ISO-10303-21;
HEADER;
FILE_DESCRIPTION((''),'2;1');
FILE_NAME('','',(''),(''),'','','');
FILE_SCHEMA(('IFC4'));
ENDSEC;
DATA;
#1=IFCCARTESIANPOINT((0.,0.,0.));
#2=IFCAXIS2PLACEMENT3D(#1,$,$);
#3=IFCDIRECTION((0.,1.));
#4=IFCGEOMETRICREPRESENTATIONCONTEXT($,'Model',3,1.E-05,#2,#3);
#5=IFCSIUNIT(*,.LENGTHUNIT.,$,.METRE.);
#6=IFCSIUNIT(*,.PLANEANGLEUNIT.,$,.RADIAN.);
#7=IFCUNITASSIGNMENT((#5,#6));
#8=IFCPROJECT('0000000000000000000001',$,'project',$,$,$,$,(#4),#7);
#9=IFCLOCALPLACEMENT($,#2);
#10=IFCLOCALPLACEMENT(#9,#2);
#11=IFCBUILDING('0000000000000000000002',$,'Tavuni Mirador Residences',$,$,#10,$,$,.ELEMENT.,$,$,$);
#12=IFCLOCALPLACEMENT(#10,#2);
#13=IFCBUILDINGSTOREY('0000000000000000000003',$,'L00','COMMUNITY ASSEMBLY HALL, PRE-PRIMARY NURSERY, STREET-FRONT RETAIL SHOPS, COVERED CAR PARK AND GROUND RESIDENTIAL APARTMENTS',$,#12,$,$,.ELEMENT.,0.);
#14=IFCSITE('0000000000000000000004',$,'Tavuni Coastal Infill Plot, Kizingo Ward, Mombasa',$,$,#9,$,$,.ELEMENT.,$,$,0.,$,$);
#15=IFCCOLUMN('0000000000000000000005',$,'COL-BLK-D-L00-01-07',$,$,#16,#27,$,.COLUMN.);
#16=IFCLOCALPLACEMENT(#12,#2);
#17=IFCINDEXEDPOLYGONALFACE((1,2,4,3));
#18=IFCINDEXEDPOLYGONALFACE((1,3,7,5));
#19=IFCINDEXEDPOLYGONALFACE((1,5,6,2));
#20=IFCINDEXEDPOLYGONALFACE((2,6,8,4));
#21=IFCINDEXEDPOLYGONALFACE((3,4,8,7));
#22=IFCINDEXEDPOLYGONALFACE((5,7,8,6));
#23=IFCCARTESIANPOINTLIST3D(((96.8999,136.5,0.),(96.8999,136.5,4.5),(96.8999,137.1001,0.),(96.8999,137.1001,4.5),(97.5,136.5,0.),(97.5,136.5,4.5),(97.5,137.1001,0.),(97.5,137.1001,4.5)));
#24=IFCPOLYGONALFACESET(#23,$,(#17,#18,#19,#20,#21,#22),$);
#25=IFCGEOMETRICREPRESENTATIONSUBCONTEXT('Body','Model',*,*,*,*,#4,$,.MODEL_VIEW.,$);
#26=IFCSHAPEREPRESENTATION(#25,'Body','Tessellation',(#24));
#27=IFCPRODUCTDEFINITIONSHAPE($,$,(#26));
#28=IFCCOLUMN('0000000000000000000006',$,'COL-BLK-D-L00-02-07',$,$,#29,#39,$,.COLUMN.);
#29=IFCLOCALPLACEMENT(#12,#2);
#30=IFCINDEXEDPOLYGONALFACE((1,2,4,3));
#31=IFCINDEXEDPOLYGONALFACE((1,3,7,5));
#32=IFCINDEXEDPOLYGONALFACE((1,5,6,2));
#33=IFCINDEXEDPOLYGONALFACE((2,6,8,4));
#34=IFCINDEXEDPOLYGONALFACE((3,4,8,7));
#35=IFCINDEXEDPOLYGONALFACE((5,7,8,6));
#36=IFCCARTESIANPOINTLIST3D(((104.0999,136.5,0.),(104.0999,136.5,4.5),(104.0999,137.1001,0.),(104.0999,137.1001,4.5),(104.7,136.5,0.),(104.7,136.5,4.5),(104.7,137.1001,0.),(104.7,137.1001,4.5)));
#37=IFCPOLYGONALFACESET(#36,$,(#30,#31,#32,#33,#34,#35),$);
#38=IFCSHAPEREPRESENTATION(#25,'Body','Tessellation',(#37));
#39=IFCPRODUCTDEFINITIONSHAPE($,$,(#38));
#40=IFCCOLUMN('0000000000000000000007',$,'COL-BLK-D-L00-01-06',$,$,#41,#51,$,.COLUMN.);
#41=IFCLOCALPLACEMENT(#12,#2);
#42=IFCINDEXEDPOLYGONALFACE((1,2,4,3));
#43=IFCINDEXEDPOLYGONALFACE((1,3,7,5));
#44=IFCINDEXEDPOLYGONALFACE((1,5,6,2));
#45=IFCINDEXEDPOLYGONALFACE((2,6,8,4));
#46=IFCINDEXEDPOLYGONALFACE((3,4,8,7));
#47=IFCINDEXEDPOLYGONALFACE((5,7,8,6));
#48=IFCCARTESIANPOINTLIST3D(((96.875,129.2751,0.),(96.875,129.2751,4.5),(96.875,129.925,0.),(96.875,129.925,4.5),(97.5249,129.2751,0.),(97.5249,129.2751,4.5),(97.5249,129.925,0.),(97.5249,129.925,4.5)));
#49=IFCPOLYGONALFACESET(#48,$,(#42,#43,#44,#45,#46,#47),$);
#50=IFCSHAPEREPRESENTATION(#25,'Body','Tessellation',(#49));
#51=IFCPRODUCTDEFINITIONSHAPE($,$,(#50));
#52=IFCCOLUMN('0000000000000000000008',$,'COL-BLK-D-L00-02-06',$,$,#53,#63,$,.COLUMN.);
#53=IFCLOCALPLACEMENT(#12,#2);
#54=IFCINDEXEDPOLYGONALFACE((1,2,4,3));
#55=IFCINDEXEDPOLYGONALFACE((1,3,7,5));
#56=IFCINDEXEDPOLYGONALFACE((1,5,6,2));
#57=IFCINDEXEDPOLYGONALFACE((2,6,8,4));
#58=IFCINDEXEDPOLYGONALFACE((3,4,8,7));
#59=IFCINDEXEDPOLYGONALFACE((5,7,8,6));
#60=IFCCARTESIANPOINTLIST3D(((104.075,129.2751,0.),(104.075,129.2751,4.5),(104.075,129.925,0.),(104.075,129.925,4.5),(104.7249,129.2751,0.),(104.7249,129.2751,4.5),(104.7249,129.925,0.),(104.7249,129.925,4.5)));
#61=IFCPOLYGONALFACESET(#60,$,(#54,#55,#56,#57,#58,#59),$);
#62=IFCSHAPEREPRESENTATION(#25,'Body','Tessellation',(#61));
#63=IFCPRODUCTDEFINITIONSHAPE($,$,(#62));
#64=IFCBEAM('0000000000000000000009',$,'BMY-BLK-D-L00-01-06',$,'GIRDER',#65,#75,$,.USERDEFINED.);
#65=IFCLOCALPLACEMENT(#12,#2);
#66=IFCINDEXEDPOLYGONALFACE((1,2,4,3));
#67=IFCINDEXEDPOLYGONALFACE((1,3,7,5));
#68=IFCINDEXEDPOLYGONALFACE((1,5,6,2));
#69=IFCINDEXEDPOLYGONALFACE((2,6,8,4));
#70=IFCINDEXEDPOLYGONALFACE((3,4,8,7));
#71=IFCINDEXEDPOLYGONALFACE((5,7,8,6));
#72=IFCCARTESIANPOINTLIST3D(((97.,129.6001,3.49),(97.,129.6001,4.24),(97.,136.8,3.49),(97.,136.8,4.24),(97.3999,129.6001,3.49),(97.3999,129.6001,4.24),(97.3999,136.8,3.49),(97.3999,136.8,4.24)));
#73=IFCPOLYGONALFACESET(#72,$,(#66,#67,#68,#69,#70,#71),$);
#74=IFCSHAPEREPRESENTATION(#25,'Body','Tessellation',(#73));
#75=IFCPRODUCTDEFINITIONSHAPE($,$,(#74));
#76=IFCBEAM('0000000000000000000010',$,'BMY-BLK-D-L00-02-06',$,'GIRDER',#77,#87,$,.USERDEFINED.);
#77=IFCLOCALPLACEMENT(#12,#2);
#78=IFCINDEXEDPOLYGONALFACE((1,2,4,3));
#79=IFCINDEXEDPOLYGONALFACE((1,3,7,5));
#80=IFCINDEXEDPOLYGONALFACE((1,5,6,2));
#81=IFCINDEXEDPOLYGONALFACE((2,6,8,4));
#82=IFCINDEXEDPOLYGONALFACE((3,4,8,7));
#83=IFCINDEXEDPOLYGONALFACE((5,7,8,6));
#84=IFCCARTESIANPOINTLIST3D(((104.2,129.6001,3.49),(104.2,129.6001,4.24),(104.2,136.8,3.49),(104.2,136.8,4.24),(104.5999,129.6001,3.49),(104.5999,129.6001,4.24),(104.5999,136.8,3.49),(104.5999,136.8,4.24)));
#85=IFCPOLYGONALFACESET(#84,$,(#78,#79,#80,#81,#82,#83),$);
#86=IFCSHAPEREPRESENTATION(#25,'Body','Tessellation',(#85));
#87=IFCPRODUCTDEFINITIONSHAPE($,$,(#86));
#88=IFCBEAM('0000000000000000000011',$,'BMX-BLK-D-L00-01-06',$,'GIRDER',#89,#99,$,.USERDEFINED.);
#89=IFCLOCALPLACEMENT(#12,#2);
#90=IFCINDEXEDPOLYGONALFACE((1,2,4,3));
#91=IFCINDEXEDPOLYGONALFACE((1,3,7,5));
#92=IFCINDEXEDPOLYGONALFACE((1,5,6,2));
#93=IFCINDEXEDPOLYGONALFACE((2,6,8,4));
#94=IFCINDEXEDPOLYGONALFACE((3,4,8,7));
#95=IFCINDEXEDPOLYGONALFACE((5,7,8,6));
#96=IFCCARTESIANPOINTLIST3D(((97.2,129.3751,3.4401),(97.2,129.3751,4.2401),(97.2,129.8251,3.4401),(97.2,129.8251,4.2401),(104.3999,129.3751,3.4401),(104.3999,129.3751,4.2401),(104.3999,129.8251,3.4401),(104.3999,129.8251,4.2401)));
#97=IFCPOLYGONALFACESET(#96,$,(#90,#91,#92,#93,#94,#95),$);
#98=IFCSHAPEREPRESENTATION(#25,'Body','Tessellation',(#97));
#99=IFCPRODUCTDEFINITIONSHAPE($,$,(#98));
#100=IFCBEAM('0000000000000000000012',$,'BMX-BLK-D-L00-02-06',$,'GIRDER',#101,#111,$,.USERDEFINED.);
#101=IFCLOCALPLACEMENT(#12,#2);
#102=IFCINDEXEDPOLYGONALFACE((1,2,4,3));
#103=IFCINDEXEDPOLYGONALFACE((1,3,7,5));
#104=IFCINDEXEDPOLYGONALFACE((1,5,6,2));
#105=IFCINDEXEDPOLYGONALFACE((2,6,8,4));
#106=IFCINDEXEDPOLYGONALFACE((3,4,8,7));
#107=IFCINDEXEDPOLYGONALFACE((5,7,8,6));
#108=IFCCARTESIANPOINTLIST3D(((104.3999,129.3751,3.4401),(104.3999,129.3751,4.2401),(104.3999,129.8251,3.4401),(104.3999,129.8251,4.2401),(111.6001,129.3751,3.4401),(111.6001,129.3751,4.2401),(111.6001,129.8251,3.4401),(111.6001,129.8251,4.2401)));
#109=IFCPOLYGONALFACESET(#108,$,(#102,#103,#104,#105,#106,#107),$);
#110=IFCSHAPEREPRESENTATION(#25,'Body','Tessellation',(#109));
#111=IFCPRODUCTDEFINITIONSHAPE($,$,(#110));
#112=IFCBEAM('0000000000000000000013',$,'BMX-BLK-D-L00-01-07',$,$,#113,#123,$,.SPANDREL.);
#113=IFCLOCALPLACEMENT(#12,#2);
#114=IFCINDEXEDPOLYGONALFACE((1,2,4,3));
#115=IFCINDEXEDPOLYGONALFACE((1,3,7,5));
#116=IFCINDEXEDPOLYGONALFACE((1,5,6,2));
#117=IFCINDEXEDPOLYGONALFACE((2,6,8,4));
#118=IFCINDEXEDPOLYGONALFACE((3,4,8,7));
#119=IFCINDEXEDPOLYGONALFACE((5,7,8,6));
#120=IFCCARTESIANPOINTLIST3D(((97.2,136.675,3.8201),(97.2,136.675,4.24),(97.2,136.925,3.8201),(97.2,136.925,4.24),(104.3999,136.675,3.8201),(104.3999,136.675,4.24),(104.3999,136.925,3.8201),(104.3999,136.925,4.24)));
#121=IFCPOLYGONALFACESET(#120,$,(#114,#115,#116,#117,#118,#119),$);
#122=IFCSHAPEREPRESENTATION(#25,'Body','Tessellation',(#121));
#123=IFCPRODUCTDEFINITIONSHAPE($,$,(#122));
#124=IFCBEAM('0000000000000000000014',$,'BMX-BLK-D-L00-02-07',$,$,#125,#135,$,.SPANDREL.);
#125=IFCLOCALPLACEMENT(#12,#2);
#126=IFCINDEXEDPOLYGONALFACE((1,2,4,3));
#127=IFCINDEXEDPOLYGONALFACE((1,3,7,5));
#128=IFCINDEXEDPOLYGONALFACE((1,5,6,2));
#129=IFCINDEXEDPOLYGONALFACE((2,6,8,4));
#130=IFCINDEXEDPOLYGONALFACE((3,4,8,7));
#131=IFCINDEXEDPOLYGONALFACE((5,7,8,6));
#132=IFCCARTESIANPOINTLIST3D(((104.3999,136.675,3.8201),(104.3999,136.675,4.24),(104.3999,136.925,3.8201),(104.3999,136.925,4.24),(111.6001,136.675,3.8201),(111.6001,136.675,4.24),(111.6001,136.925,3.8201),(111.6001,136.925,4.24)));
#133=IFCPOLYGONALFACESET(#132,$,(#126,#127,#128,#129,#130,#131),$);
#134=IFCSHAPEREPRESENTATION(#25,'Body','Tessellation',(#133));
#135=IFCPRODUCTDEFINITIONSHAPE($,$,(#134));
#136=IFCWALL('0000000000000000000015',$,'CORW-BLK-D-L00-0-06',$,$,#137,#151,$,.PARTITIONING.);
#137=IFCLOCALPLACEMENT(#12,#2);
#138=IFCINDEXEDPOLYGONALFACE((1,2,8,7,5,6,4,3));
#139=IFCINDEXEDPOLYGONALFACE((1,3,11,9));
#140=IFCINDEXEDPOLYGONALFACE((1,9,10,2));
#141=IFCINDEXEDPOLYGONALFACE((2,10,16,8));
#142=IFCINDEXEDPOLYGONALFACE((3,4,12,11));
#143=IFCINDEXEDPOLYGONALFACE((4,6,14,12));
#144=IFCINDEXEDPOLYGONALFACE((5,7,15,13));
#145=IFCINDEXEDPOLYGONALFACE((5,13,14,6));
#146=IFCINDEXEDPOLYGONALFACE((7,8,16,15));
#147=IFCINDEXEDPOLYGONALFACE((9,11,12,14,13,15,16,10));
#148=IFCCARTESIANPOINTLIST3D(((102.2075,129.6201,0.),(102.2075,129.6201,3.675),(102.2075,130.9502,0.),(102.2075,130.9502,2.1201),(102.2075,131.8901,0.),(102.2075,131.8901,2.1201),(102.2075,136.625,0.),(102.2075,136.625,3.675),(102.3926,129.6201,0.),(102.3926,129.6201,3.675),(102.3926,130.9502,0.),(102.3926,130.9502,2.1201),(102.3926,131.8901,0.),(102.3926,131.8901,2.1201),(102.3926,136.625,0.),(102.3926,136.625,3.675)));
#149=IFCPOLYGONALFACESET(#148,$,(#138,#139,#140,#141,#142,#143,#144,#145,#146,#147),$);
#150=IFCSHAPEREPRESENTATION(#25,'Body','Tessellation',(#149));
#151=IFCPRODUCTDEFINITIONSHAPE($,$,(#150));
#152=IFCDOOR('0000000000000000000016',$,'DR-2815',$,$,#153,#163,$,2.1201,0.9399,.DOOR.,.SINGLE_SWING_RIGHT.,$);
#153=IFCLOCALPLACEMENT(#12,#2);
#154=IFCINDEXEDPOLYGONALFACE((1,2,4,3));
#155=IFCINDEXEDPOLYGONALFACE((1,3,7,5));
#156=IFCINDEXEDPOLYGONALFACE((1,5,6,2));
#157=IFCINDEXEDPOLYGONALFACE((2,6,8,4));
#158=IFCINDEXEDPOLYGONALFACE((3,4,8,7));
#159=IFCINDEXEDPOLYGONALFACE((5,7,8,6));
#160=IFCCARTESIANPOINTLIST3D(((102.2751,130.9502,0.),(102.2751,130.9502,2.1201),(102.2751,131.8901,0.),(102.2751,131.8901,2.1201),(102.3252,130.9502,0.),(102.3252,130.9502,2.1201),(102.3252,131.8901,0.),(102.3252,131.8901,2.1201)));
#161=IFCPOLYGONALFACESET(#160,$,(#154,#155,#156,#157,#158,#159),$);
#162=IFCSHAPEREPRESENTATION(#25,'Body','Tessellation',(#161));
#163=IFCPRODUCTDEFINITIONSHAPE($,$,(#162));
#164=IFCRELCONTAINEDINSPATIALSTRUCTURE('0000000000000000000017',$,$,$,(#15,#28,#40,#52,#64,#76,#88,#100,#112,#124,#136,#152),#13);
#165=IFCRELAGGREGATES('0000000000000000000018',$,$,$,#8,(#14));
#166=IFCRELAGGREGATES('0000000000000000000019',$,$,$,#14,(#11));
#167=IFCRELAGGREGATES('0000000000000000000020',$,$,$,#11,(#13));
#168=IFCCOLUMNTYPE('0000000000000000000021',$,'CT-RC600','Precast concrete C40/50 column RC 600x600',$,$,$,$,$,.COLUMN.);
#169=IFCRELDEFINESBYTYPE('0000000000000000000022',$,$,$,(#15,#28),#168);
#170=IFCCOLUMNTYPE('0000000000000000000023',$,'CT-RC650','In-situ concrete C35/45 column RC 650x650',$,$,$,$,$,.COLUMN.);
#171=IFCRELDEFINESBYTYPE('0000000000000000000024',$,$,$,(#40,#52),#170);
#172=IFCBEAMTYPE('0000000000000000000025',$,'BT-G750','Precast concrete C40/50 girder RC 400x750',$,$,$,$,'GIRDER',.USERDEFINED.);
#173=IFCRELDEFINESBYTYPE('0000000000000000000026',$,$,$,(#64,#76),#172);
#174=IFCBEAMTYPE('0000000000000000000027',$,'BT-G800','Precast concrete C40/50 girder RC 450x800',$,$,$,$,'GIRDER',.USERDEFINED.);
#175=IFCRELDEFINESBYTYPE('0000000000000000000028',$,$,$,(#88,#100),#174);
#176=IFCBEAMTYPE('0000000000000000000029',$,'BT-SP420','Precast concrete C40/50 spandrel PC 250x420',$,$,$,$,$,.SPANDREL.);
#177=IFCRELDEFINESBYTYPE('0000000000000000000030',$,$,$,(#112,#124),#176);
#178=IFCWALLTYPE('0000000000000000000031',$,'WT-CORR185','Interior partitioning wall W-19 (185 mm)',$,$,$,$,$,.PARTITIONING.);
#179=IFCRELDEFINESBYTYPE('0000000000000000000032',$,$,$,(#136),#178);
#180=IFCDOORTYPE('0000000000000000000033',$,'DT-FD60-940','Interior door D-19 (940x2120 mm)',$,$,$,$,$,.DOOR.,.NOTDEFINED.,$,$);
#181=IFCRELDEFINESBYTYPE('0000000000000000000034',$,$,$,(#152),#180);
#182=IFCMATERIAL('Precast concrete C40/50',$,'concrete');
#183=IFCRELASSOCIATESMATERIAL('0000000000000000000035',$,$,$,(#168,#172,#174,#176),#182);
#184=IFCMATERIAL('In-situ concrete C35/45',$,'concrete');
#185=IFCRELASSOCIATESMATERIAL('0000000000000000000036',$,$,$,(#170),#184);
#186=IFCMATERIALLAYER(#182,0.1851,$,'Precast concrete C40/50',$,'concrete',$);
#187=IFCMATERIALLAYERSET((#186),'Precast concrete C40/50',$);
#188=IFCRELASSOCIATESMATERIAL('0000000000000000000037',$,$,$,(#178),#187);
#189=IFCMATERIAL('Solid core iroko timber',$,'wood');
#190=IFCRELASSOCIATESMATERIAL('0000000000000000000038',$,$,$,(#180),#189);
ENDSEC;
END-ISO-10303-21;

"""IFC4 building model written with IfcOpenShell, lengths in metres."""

from ifc_helpers import new_model, si_unit, direction, frame, frame_2d, origin, origin_2d, place, context, subcontext, project, spatial, rectangle, extrude, material, layer, layer_set, material_profile, profile_set, type_object, element, fill, save


model = new_model("IFC4")

# Units and contexts
model_context = context("Model", 3, precision=1e-05, world=origin(), true_north=direction((0.0, 1.0)))
body_context = subcontext(model_context, "Body", "Model", "MODEL_VIEW")
ifc_project = project(units=[si_unit("LENGTHUNIT", "METRE"), si_unit("PLANEANGLEUNIT", "RADIAN")], contexts=[model_context])

# Site, building, storey
site_placement = place(None, origin())
site = spatial("IfcSite", under=ifc_project, at=site_placement, Name="Tavuni Coastal Infill Plot, Kizingo Ward, Mombasa", CompositionType="ELEMENT", RefElevation=0.0)
building_placement = place(site_placement, origin())
building = spatial("IfcBuilding", under=site, at=building_placement, Name="Tavuni Mirador Residences", CompositionType="ELEMENT")
storey_placement = place(building_placement, origin())
storey = spatial("IfcBuildingStorey", under=building, at=storey_placement, Name="L00", Description="COMMUNITY ASSEMBLY HALL, PRE-PRIMARY NURSERY, STREET-FRONT RETAIL SHOPS, COVERED CAR PARK AND GROUND RESIDENTIAL APARTMENTS", CompositionType="ELEMENT", Elevation=0.0)

# Columns
ifc_material_1 = material(Name="Precast concrete C40/50", Category="concrete")
ifc_material_profile_1 = material_profile(ifc_material_1, rectangle(XDim=0.6001, YDim=0.6001, at=origin_2d()), Name="RC 600x600", Category="concrete")
ifc_profile_set_1 = profile_set([ifc_material_profile_1], Name="Precast concrete C40/50")
column_type_1 = type_object("IfcColumnType", Name="CT-RC600", Description="Precast concrete C40/50 column RC 600x600", PredefinedType="COLUMN", material=ifc_profile_set_1)
for number, where, z_axis, x_axis, name in (
    (1, (97.2, 136.8, 0.0), (0.0, 0.0, 1.0), (1.0, 0.0, 0.0), "COL-BLK-D-L00-01-07"),
    (2, (104.3999, 136.8, 0.0), (0.0, 0.0, 1.0), (1.0, 0.0, 0.0), "COL-BLK-D-L00-02-07"),
):
    element("IfcColumn", number, at=place(storey_placement, frame(where, z_axis=z_axis, x_axis=x_axis)), inside=storey, type_object=column_type_1, Name=name, PredefinedType="COLUMN", context=body_context, shape_type="SweptSolid", body=[
        extrude(rectangle(XDim=0.6001, YDim=0.6001, at=origin_2d()), origin(), (0.0, 0.0, 1.0), 4.5),
    ])
ifc_material_2 = material(Name="In-situ concrete C35/45", Category="concrete")
ifc_material_profile_2 = material_profile(ifc_material_2, rectangle(XDim=0.6499, YDim=0.6499, at=origin_2d()), Name="RC 650x650", Category="concrete")
ifc_profile_set_2 = profile_set([ifc_material_profile_2], Name="In-situ concrete C35/45")
column_type_2 = type_object("IfcColumnType", Name="CT-RC650", Description="In-situ concrete C35/45 column RC 650x650", PredefinedType="COLUMN", material=ifc_profile_set_2)
for number, where, z_axis, x_axis, name in (
    (3, (97.2, 129.6001, 0.0), (0.0, 0.0, 1.0), (1.0, 0.0, 0.0), "COL-BLK-D-L00-01-06"),
    (4, (104.3999, 129.6001, 0.0), (0.0, 0.0, 1.0), (1.0, 0.0, 0.0), "COL-BLK-D-L00-02-06"),
):
    element("IfcColumn", number, at=place(storey_placement, frame(where, z_axis=z_axis, x_axis=x_axis)), inside=storey, type_object=column_type_2, Name=name, PredefinedType="COLUMN", context=body_context, shape_type="SweptSolid", body=[
        extrude(rectangle(XDim=0.6499, YDim=0.6499, at=origin_2d()), origin(), (0.0, 0.0, 1.0), 4.5),
    ])

# Beams
ifc_material_profile_3 = material_profile(ifc_material_1, rectangle(XDim=0.3999, YDim=0.75, at=origin_2d()), Name="RC 400x750", Category="concrete")
ifc_profile_set_3 = profile_set([ifc_material_profile_3], Name="Precast concrete C40/50")
beam_type_1 = type_object("IfcBeamType", Name="BT-G750", Description="Precast concrete C40/50 girder RC 400x750", ElementType="GIRDER", PredefinedType="USERDEFINED", material=ifc_profile_set_3)
for number, where, z_axis, x_axis, name in (
    (5, (97.2, 129.6001, 3.865), (0.0, 1.0, 0.0), (-1.0, 0.0, 0.0), "BMY-BLK-D-L00-01-06"),
    (6, (104.3999, 129.6001, 3.865), (0.0, 1.0, 0.0), (-1.0, 0.0, 0.0), "BMY-BLK-D-L00-02-06"),
):
    element("IfcBeam", number, at=place(storey_placement, frame(where, z_axis=z_axis, x_axis=x_axis)), inside=storey, type_object=beam_type_1, Name=name, ObjectType="GIRDER", PredefinedType="USERDEFINED", context=body_context, shape_type="SweptSolid", body=[
        extrude(rectangle(XDim=0.3999, YDim=0.75, at=origin_2d()), origin(), (0.0, 0.0, 1.0), 7.2),
    ])
ifc_material_profile_4 = material_profile(ifc_material_1, rectangle(XDim=0.45, YDim=0.8, at=origin_2d()), Name="RC 450x800", Category="concrete")
ifc_profile_set_4 = profile_set([ifc_material_profile_4], Name="Precast concrete C40/50")
beam_type_2 = type_object("IfcBeamType", Name="BT-G800", Description="Precast concrete C40/50 girder RC 450x800", ElementType="GIRDER", PredefinedType="USERDEFINED", material=ifc_profile_set_4)
beam_1_placement = place(storey_placement, frame((97.2, 129.6001, 3.8401), z_axis=(1.0, 0.0, 0.0), x_axis=(0.0, 1.0, 0.0)))
element("IfcBeam", 7, at=beam_1_placement, inside=storey, type_object=beam_type_2, Name="BMX-BLK-D-L00-01-06", ObjectType="GIRDER", PredefinedType="USERDEFINED", context=body_context, shape_type="SweptSolid", body=[
    extrude(rectangle(XDim=0.45, YDim=0.8, at=origin_2d()), origin(), (0.0, 0.0, 1.0), 7.2),
])
beam_2_placement = place(storey_placement, frame((104.3999, 129.6001, 3.8401), z_axis=(1.0, 0.0, 0.0), x_axis=(0.0, 1.0, 0.0)))
element("IfcBeam", 8, at=beam_2_placement, inside=storey, type_object=beam_type_2, Name="BMX-BLK-D-L00-02-06", ObjectType="GIRDER", PredefinedType="USERDEFINED", context=body_context, shape_type="SweptSolid", body=[
    extrude(rectangle(XDim=0.45, YDim=0.8, at=origin_2d()), origin(), (0.0, 0.0, 1.0), 7.2002),
])
ifc_material_profile_5 = material_profile(ifc_material_1, rectangle(XDim=0.25, YDim=0.4199, at=origin_2d()), Name="PC 250x420", Category="concrete")
ifc_profile_set_5 = profile_set([ifc_material_profile_5], Name="Precast concrete C40/50")
beam_type_3 = type_object("IfcBeamType", Name="BT-SP420", Description="Precast concrete C40/50 spandrel PC 250x420", PredefinedType="SPANDREL", material=ifc_profile_set_5)
beam_3_placement = place(storey_placement, frame((97.2, 136.8, 4.03), z_axis=(1.0, 0.0, 0.0), x_axis=(0.0, 1.0, 0.0)))
element("IfcBeam", 9, at=beam_3_placement, inside=storey, type_object=beam_type_3, Name="BMX-BLK-D-L00-01-07", PredefinedType="SPANDREL", context=body_context, shape_type="SweptSolid", body=[
    extrude(rectangle(XDim=0.25, YDim=0.4199, at=origin_2d()), origin(), (0.0, 0.0, 1.0), 7.2),
])
beam_4_placement = place(storey_placement, frame((104.3999, 136.8, 4.03), z_axis=(1.0, 0.0, 0.0), x_axis=(0.0, 1.0, 0.0)))
element("IfcBeam", 10, at=beam_4_placement, inside=storey, type_object=beam_type_3, Name="BMX-BLK-D-L00-02-07", PredefinedType="SPANDREL", context=body_context, shape_type="SweptSolid", body=[
    extrude(rectangle(XDim=0.25, YDim=0.4199, at=origin_2d()), origin(), (0.0, 0.0, 1.0), 7.2002),
])

# Wall, opening, door
ifc_layer_1 = layer(ifc_material_1, 0.1851, Name="Precast concrete C40/50", Category="concrete")
ifc_layer_set_1 = layer_set([ifc_layer_1], Name="Precast concrete C40/50")
wall_type_1 = type_object("IfcWallType", Name="WT-CORR185", Description="Interior partitioning wall W-19 (185 mm)", PredefinedType="PARTITIONING", material=ifc_layer_set_1)
wall_1_placement = place(storey_placement, frame((102.3, 129.6201, 0.0), z_axis=(0.0, 0.0, 1.0), x_axis=(0.0, 1.0, 0.0)))
wall_1 = element("IfcWall", 11, at=wall_1_placement, inside=storey, type_object=wall_type_1, Name="CORW-BLK-D-L00-0-06", PredefinedType="PARTITIONING", context=body_context, shape_type="SweptSolid", body=[
    extrude(rectangle(XDim=7.0049, YDim=0.1851, at=frame_2d((3.5024, 0.0))), origin(), (0.0, 0.0, 1.0), 3.675),
])
opening_1_placement = place(wall_1_placement, frame((1.3301, 0.0, 0.0)))
opening_1 = element("IfcOpeningElement", 12, at=opening_1_placement, cuts=wall_1, PredefinedType="OPENING", context=body_context, shape_type="SweptSolid", body=[
    extrude(rectangle(XDim=0.9399, YDim=2.1201, at=frame_2d((0.47, 1.0601))), frame((0.0, 0.1025, 0.0), z_axis=(0.0, -1.0, 0.0), x_axis=(1.0, 0.0, 0.0)), (0.0, 0.0, 1.0), 0.2051),
])
ifc_material_3 = material(Name="Solid core iroko timber", Category="wood")
door_type_1 = type_object("IfcDoorType", Name="DT-FD60-940", Description="Interior door D-19 (940x2120 mm)", OperationType="NOTDEFINED", PredefinedType="DOOR", material=ifc_material_3)
door_1_placement = place(opening_1_placement, origin())
door_1 = element("IfcDoor", 13, at=door_1_placement, inside=storey, type_object=door_type_1, Name="DR-2815", OperationType="SINGLE_SWING_RIGHT", OverallHeight=2.1201, OverallWidth=0.9399, PredefinedType="DOOR", context=body_context, shape_type="SweptSolid", body=[
    extrude(rectangle(XDim=0.9399, YDim=2.1201, at=frame_2d((0.47, 1.0601))), frame((0.0, 0.0249, 0.0), z_axis=(0.0, -1.0, 0.0), x_axis=(1.0, 0.0, 0.0)), (0.0, 0.0, 1.0), 0.05),
])
fill(opening_1, door_1)

save(model, "model.ifc")
